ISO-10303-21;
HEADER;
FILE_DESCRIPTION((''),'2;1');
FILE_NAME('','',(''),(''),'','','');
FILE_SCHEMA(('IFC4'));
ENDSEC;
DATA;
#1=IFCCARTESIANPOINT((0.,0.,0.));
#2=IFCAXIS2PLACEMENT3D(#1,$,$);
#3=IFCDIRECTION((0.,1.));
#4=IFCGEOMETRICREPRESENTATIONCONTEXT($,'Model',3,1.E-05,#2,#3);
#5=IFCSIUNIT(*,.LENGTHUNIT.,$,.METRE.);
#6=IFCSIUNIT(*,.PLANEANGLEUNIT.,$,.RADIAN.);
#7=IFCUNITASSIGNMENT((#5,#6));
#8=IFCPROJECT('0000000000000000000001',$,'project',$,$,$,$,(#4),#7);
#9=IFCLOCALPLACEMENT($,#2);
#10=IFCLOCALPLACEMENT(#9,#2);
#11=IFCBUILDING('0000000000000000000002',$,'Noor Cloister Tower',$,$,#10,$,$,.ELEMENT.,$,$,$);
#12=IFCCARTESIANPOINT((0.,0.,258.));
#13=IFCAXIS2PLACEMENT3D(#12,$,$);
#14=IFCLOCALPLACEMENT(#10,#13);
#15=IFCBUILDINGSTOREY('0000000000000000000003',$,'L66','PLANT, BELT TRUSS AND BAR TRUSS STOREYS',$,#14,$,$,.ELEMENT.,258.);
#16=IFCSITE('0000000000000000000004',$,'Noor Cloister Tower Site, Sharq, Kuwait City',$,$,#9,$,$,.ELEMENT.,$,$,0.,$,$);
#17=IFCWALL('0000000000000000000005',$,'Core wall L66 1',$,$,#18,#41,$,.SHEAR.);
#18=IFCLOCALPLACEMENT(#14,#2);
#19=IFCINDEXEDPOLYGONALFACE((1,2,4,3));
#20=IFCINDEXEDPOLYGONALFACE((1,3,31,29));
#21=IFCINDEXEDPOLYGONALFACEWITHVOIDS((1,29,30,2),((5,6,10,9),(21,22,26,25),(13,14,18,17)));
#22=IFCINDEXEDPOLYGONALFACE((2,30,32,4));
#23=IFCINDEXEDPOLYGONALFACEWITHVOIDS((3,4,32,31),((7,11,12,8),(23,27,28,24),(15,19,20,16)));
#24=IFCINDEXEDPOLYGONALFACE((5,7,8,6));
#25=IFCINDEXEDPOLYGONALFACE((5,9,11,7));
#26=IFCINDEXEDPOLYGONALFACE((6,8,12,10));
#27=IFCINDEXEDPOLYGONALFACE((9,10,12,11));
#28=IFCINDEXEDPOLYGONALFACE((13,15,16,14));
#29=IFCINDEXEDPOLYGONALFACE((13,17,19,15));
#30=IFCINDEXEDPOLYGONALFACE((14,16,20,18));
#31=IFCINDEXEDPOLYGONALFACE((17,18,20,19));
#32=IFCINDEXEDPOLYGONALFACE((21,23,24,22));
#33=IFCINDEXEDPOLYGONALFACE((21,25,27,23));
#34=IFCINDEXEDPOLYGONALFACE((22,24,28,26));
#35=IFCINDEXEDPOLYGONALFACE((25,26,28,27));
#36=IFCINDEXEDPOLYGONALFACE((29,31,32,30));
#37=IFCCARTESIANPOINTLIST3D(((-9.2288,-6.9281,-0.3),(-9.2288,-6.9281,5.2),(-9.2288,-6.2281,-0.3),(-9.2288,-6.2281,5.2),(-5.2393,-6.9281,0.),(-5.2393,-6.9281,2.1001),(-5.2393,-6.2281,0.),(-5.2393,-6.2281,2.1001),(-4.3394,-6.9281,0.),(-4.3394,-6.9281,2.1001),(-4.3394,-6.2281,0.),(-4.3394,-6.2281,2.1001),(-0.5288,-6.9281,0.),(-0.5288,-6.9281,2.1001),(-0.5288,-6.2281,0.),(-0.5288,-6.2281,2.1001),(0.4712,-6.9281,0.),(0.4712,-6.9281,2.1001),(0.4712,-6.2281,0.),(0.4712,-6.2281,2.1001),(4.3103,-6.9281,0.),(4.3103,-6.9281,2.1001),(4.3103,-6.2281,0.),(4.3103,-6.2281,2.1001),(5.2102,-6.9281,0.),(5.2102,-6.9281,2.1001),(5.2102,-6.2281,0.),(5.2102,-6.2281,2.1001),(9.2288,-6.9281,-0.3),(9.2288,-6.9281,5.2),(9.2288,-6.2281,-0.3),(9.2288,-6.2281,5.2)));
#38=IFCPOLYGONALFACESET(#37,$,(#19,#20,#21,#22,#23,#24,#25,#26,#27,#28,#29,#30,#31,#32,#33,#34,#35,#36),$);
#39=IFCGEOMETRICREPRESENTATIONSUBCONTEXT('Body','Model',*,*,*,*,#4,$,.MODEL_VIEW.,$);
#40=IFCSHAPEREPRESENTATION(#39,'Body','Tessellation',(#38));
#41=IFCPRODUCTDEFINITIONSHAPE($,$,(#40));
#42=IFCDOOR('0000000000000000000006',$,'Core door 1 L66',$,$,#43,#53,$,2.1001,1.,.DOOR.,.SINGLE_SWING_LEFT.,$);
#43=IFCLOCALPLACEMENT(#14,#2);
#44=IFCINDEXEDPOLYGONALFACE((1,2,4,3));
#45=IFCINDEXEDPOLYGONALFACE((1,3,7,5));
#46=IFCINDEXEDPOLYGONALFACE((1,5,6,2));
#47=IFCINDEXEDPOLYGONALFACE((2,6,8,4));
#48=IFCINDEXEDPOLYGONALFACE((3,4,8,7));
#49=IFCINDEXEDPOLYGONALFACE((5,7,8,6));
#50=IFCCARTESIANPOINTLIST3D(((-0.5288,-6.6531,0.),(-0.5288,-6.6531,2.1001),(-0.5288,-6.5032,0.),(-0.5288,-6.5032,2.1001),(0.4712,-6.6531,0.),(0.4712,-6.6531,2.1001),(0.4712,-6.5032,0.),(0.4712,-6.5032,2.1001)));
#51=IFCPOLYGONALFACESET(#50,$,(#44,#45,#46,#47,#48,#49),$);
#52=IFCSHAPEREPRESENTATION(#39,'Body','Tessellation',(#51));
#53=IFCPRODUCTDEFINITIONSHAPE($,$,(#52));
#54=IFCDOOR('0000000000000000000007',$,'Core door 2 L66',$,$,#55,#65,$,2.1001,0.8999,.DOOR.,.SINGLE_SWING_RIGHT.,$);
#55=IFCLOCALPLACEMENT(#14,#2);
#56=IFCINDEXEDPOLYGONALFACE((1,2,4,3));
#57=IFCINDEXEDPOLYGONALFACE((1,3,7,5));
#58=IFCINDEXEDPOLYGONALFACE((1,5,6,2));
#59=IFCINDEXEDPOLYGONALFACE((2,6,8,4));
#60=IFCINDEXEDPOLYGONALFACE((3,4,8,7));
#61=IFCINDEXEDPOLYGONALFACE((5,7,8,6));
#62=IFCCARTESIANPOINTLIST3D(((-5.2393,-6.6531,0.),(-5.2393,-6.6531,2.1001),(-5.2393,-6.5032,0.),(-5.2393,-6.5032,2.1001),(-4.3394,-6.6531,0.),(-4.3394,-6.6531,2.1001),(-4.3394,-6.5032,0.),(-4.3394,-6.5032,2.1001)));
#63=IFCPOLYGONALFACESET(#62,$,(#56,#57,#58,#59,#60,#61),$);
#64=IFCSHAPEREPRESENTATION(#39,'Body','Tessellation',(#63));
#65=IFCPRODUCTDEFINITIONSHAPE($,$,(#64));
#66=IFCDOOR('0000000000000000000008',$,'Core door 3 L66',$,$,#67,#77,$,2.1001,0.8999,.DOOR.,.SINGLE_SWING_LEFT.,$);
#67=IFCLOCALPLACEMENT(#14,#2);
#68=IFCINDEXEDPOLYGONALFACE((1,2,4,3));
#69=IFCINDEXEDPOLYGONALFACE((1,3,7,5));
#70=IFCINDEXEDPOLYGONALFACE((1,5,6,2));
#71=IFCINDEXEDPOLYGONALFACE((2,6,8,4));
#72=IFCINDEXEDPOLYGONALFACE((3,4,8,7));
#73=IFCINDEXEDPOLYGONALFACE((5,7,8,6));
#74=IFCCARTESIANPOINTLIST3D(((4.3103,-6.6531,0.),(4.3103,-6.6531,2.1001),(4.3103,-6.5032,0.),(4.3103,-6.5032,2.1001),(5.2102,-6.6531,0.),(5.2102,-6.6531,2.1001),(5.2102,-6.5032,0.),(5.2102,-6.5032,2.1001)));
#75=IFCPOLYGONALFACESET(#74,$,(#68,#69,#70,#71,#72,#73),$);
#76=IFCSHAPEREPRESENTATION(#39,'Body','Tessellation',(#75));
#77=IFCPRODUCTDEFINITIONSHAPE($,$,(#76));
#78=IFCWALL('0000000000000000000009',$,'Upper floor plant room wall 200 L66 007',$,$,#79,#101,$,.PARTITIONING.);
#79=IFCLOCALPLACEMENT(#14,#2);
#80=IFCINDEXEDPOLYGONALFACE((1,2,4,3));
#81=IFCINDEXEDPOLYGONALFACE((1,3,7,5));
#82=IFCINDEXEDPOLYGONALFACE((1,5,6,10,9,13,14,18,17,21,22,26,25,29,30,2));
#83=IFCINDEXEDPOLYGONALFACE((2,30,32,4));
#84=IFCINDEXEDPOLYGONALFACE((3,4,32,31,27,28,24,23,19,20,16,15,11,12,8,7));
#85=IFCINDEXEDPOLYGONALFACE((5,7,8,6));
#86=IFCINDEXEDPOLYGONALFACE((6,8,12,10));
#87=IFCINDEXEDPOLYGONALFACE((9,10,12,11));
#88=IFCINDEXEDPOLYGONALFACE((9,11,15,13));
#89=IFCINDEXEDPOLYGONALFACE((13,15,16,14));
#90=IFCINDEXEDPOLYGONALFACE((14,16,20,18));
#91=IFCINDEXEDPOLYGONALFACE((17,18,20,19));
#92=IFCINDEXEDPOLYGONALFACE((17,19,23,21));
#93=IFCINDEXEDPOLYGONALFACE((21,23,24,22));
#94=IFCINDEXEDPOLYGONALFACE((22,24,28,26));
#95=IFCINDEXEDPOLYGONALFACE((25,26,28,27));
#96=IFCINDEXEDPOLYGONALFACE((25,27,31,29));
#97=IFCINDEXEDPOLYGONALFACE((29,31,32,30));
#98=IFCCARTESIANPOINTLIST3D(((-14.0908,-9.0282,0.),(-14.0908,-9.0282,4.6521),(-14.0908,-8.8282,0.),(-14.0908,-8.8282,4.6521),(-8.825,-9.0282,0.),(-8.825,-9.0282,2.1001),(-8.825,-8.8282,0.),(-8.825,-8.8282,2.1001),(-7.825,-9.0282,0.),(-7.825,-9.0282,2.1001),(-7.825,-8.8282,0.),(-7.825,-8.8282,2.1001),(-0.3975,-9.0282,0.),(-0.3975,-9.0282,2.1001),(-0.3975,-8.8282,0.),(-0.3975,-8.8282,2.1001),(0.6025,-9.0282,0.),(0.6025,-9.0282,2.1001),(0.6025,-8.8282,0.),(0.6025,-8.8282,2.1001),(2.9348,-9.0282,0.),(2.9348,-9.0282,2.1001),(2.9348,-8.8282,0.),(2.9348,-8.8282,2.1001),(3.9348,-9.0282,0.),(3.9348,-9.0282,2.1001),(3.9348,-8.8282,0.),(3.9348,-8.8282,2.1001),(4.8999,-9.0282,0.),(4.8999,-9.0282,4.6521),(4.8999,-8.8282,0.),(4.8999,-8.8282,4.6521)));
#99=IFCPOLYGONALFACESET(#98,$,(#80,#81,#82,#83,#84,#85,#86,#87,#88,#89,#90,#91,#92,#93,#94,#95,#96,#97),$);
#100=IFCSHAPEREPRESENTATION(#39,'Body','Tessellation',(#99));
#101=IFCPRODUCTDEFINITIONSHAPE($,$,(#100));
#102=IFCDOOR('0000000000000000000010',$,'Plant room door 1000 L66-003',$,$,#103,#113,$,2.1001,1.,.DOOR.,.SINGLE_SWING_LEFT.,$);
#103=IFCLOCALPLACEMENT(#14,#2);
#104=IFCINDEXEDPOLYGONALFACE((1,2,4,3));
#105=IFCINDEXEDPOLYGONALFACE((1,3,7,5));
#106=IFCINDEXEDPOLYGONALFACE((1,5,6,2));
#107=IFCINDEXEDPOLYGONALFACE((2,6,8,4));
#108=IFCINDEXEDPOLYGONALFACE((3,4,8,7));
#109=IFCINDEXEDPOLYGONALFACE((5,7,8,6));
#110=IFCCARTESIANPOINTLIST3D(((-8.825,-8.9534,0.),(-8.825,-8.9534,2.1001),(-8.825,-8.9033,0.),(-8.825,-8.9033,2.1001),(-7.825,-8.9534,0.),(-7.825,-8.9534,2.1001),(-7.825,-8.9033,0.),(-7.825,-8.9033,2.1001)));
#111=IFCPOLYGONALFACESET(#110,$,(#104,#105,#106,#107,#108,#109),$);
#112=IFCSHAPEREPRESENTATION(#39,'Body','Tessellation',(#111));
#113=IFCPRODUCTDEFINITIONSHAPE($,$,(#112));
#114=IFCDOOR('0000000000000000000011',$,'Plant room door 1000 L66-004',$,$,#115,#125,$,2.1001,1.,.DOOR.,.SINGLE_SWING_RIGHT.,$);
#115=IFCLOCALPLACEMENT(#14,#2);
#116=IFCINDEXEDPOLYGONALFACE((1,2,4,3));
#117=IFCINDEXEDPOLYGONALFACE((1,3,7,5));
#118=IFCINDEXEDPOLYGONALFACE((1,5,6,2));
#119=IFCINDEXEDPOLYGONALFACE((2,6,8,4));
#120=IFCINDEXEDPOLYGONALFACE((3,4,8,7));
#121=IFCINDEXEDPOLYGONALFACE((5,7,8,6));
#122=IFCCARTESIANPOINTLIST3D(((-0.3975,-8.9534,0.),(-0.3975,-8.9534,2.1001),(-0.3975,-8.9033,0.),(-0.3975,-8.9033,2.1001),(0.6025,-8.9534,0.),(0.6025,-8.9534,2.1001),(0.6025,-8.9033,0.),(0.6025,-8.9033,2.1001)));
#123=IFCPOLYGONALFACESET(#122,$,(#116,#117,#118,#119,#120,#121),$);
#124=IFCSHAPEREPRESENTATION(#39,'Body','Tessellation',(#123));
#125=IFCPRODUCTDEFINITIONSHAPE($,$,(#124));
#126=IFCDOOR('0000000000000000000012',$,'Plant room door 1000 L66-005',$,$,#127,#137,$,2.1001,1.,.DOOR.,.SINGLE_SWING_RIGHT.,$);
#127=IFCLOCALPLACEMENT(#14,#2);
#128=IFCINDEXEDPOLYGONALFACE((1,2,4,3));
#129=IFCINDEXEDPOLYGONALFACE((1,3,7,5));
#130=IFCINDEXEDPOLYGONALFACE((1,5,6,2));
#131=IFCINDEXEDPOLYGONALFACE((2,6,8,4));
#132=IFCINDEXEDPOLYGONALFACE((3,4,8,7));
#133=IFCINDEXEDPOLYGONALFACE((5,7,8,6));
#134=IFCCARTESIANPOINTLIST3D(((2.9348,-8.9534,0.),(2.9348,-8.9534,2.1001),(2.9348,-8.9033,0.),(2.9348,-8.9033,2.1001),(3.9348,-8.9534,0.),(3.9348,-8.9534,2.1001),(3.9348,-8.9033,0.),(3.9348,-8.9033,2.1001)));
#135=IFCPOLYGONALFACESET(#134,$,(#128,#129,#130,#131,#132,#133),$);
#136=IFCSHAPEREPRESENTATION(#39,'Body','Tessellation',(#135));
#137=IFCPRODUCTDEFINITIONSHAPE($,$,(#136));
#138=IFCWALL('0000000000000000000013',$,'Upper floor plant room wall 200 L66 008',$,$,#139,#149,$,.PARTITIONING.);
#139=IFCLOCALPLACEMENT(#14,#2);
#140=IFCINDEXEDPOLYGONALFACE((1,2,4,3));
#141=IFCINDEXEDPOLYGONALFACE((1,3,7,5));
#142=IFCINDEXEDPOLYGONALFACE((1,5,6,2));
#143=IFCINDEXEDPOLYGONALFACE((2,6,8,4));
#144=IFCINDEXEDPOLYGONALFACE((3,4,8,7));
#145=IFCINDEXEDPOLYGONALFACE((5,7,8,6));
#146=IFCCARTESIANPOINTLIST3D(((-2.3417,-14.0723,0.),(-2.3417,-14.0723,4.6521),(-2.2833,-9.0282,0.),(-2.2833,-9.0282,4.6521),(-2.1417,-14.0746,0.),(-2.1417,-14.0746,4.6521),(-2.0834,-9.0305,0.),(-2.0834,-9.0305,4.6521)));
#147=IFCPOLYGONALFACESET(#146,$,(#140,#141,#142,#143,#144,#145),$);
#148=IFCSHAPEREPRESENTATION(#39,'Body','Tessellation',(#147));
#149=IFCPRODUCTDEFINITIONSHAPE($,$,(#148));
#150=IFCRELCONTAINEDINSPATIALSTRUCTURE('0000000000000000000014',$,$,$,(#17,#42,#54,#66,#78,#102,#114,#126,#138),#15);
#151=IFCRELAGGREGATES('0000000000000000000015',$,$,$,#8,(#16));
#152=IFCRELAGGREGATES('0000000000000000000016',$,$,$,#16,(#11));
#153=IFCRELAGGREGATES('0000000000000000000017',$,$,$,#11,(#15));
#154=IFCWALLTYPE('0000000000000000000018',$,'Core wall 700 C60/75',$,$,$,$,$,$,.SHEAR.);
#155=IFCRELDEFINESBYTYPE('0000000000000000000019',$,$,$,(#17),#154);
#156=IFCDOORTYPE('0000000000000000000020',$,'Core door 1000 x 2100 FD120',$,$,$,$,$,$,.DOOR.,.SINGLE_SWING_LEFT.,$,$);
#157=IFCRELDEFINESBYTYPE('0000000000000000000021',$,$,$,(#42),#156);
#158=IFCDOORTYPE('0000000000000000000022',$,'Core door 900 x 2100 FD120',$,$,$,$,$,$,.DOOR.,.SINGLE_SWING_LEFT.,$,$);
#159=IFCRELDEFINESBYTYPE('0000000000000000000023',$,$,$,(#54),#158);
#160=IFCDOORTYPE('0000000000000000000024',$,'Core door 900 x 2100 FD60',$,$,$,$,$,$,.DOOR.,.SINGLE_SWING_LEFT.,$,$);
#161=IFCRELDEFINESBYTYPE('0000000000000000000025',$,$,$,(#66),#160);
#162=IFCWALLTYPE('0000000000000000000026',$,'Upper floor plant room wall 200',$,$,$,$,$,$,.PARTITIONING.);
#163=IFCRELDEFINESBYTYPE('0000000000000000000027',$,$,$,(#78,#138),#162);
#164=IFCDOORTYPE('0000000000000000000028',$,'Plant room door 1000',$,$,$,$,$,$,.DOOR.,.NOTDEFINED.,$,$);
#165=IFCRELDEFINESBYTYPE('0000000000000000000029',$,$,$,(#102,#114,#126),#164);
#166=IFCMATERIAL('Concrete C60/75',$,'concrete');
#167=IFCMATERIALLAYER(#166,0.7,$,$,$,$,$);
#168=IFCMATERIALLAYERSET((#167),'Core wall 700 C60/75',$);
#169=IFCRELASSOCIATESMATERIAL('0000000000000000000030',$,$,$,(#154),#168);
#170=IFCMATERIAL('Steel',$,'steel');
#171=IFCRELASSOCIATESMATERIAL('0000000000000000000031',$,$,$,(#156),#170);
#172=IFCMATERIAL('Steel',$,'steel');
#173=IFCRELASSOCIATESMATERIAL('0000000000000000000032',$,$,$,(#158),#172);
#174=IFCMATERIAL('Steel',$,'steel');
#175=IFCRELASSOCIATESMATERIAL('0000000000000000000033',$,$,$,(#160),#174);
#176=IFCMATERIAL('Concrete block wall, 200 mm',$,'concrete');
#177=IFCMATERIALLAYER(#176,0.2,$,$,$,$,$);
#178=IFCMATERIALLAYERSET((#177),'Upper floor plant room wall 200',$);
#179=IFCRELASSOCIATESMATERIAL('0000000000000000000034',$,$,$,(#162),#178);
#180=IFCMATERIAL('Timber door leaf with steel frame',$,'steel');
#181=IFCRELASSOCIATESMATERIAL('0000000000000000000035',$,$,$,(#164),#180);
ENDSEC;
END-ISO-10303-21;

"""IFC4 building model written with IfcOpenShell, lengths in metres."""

from ifc_helpers import new_model, si_unit, direction, frame, frame_2d, origin, place, context, subcontext, project, spatial, rectangle, extrude, material, layer, layer_set, type_object, element, fill, save


model = new_model("IFC4")

# Units and contexts
model_context = context("Model", 3, precision=1e-05, world=origin(), true_north=direction((0.0, 1.0)))
body_context = subcontext(model_context, "Body", "Model", "MODEL_VIEW")
ifc_project = project(units=[si_unit("LENGTHUNIT", "METRE"), si_unit("PLANEANGLEUNIT", "RADIAN")], contexts=[model_context])

# Site, building, storey
site_placement = place(None, origin())
site = spatial("IfcSite", under=ifc_project, at=site_placement, Name="Noor Cloister Tower Site, Sharq, Kuwait City", CompositionType="ELEMENT", RefElevation=0.0)
building_placement = place(site_placement, origin())
building = spatial("IfcBuilding", under=site, at=building_placement, Name="Noor Cloister Tower", CompositionType="ELEMENT")
storey_placement = place(building_placement, frame((0.0, 0.0, 258.0)))
storey = spatial("IfcBuildingStorey", under=building, at=storey_placement, Name="L66", Description="PLANT, BELT TRUSS AND BAR TRUSS STOREYS", CompositionType="ELEMENT", Elevation=258.0)

# Walls, openings, doors
ifc_material_1 = material(Name="Concrete C60/75", Category="concrete")
ifc_layer_1 = layer(ifc_material_1, 0.7)
ifc_layer_set_1 = layer_set([ifc_layer_1], Name="Core wall 700 C60/75")
wall_type_1 = type_object("IfcWallType", Name="Core wall 700 C60/75", PredefinedType="SHEAR", material=ifc_layer_set_1)
wall_1_placement = place(storey_placement, frame((-9.2288, -6.5781, -0.3), z_axis=(0.0, 0.0, 1.0), x_axis=(1.0, 0.0, 0.0)))
wall_1 = element("IfcWall", 1, at=wall_1_placement, inside=storey, type_object=wall_type_1, Name="Core wall L66 1", PredefinedType="SHEAR", context=body_context, shape_type="SweptSolid", body=[
    extrude(rectangle(XDim=18.4575, YDim=0.7, at=frame_2d((9.2288, 0.0))), origin(), (0.0, 0.0, 1.0), 5.5),
])
opening_1_placement = place(wall_1_placement, frame((8.7, 0.0, 0.3)))
opening_1 = element("IfcOpeningElement", 2, at=opening_1_placement, cuts=wall_1, PredefinedType="OPENING", context=body_context, shape_type="SweptSolid", body=[
    extrude(rectangle(XDim=1.0, YDim=2.1001, at=frame_2d((0.5, 1.05))), frame((0.0, 0.3599, 0.0), z_axis=(0.0, -1.0, 0.0), x_axis=(1.0, 0.0, 0.0)), (0.0, 0.0, 1.0), 0.72),
])
opening_2_placement = place(wall_1_placement, frame((3.9895, 0.0, 0.3)))
opening_2 = element("IfcOpeningElement", 3, at=opening_2_placement, cuts=wall_1, PredefinedType="OPENING", context=body_context, shape_type="SweptSolid", body=[
    extrude(rectangle(XDim=0.8999, YDim=2.1001, at=frame_2d((0.45, 1.05))), frame((0.0, 0.3599, 0.0), z_axis=(0.0, -1.0, 0.0), x_axis=(1.0, 0.0, 0.0)), (0.0, 0.0, 1.0), 0.72),
])
opening_3_placement = place(wall_1_placement, frame((13.5391, 0.0, 0.3)))
opening_3 = element("IfcOpeningElement", 4, at=opening_3_placement, cuts=wall_1, PredefinedType="OPENING", context=body_context, shape_type="SweptSolid", body=[
    extrude(rectangle(XDim=0.8999, YDim=2.1001, at=frame_2d((0.45, 1.05))), frame((0.0, 0.3599, 0.0), z_axis=(0.0, -1.0, 0.0), x_axis=(1.0, 0.0, 0.0)), (0.0, 0.0, 1.0), 0.72),
])
ifc_material_2 = material(Name="Steel", Category="steel")
door_type_1 = type_object("IfcDoorType", Name="Core door 1000 x 2100 FD120", OperationType="SINGLE_SWING_LEFT", PredefinedType="DOOR", material=ifc_material_2)
door_1_placement = place(opening_1_placement, origin())
door_1 = element("IfcDoor", 5, at=door_1_placement, inside=storey, type_object=door_type_1, Name="Core door 1 L66", OperationType="SINGLE_SWING_LEFT", OverallHeight=2.1001, OverallWidth=1.0, PredefinedType="DOOR", context=body_context, shape_type="SweptSolid", body=[
    extrude(rectangle(XDim=1.0, YDim=2.1001, at=frame_2d((0.5, 1.05))), frame((0.0, 0.075, 0.0), z_axis=(0.0, -1.0, 0.0), x_axis=(1.0, 0.0, 0.0)), (0.0, 0.0, 1.0), 0.1499),
])
fill(opening_1, door_1)
ifc_material_3 = material(Name="Steel", Category="steel")
door_type_2 = type_object("IfcDoorType", Name="Core door 900 x 2100 FD120", OperationType="SINGLE_SWING_LEFT", PredefinedType="DOOR", material=ifc_material_3)
door_2_placement = place(opening_2_placement, origin())
door_2 = element("IfcDoor", 6, at=door_2_placement, inside=storey, type_object=door_type_2, Name="Core door 2 L66", OperationType="SINGLE_SWING_RIGHT", OverallHeight=2.1001, OverallWidth=0.8999, PredefinedType="DOOR", context=body_context, shape_type="SweptSolid", body=[
    extrude(rectangle(XDim=0.8999, YDim=2.1001, at=frame_2d((0.45, 1.05))), frame((0.0, 0.075, 0.0), z_axis=(0.0, -1.0, 0.0), x_axis=(1.0, 0.0, 0.0)), (0.0, 0.0, 1.0), 0.1499),
])
fill(opening_2, door_2)
ifc_material_4 = material(Name="Steel", Category="steel")
door_type_3 = type_object("IfcDoorType", Name="Core door 900 x 2100 FD60", OperationType="SINGLE_SWING_LEFT", PredefinedType="DOOR", material=ifc_material_4)
door_3_placement = place(opening_3_placement, origin())
door_3 = element("IfcDoor", 7, at=door_3_placement, inside=storey, type_object=door_type_3, Name="Core door 3 L66", OperationType="SINGLE_SWING_LEFT", OverallHeight=2.1001, OverallWidth=0.8999, PredefinedType="DOOR", context=body_context, shape_type="SweptSolid", body=[
    extrude(rectangle(XDim=0.8999, YDim=2.1001, at=frame_2d((0.45, 1.05))), frame((0.0, 0.075, 0.0), z_axis=(0.0, -1.0, 0.0), x_axis=(1.0, 0.0, 0.0)), (0.0, 0.0, 1.0), 0.1499),
])
fill(opening_3, door_3)
ifc_material_5 = material(Name="Concrete block wall, 200 mm", Category="concrete")
ifc_layer_2 = layer(ifc_material_5, 0.2)
ifc_layer_set_2 = layer_set([ifc_layer_2], Name="Upper floor plant room wall 200")
wall_type_2 = type_object("IfcWallType", Name="Upper floor plant room wall 200", PredefinedType="PARTITIONING", material=ifc_layer_set_2)
wall_2_placement = place(storey_placement, frame((-14.0908, -8.9282, 0.0), z_axis=(0.0, 0.0, 1.0), x_axis=(1.0, 0.0, 0.0)))
wall_2 = element("IfcWall", 8, at=wall_2_placement, inside=storey, type_object=wall_type_2, Name="Upper floor plant room wall 200 L66 007", PredefinedType="PARTITIONING", context=body_context, shape_type="SweptSolid", body=[
    extrude(rectangle(XDim=18.9907, YDim=0.2, at=frame_2d((9.4954, 0.0))), origin(), (0.0, 0.0, 1.0), 4.6521),
])
opening_4_placement = place(wall_2_placement, frame((5.2659, 0.0, 0.0)))
opening_4 = element("IfcOpeningElement", 9, at=opening_4_placement, cuts=wall_2, PredefinedType="OPENING", context=body_context, shape_type="SweptSolid", body=[
    extrude(rectangle(XDim=1.0, YDim=2.1001, at=frame_2d((0.5, 1.05))), frame((0.0, 0.1099, 0.0), z_axis=(0.0, -1.0, 0.0), x_axis=(1.0, 0.0, 0.0)), (0.0, 0.0, 1.0), 0.22),
])
opening_5_placement = place(wall_2_placement, frame((13.6934, 0.0, 0.0)))
opening_5 = element("IfcOpeningElement", 10, at=opening_5_placement, cuts=wall_2, PredefinedType="OPENING", context=body_context, shape_type="SweptSolid", body=[
    extrude(rectangle(XDim=1.0, YDim=2.1001, at=frame_2d((0.5, 1.05))), frame((0.0, 0.1099, 0.0), z_axis=(0.0, -1.0, 0.0), x_axis=(1.0, 0.0, 0.0)), (0.0, 0.0, 1.0), 0.22),
])
opening_6_placement = place(wall_2_placement, frame((17.0256, 0.0, 0.0)))
opening_6 = element("IfcOpeningElement", 11, at=opening_6_placement, cuts=wall_2, PredefinedType="OPENING", context=body_context, shape_type="SweptSolid", body=[
    extrude(rectangle(XDim=1.0, YDim=2.1001, at=frame_2d((0.5, 1.05))), frame((0.0, 0.1099, 0.0), z_axis=(0.0, -1.0, 0.0), x_axis=(1.0, 0.0, 0.0)), (0.0, 0.0, 1.0), 0.22),
])
ifc_material_6 = material(Name="Timber door leaf with steel frame", Category="steel")
door_type_4 = type_object("IfcDoorType", Name="Plant room door 1000", OperationType="NOTDEFINED", PredefinedType="DOOR", material=ifc_material_6)
door_4_placement = place(opening_4_placement, origin())
door_4 = element("IfcDoor", 12, at=door_4_placement, inside=storey, type_object=door_type_4, Name="Plant room door 1000 L66-003", OperationType="SINGLE_SWING_LEFT", OverallHeight=2.1001, OverallWidth=1.0, PredefinedType="DOOR", context=body_context, shape_type="SweptSolid", body=[
    extrude(rectangle(XDim=1.0, YDim=2.1001, at=frame_2d((0.5, 1.05))), frame((0.0, 0.0249, 0.0), z_axis=(0.0, -1.0, 0.0), x_axis=(1.0, 0.0, 0.0)), (0.0, 0.0, 1.0), 0.05),
])
fill(opening_4, door_4)
door_5_placement = place(opening_5_placement, origin())
door_5 = element("IfcDoor", 13, at=door_5_placement, inside=storey, type_object=door_type_4, Name="Plant room door 1000 L66-004", OperationType="SINGLE_SWING_RIGHT", OverallHeight=2.1001, OverallWidth=1.0, PredefinedType="DOOR", context=body_context, shape_type="SweptSolid", body=[
    extrude(rectangle(XDim=1.0, YDim=2.1001, at=frame_2d((0.5, 1.05))), frame((0.0, 0.0249, 0.0), z_axis=(0.0, -1.0, 0.0), x_axis=(1.0, 0.0, 0.0)), (0.0, 0.0, 1.0), 0.05),
])
fill(opening_5, door_5)
door_6_placement = place(opening_6_placement, origin())
door_6 = element("IfcDoor", 14, at=door_6_placement, inside=storey, type_object=door_type_4, Name="Plant room door 1000 L66-005", OperationType="SINGLE_SWING_RIGHT", OverallHeight=2.1001, OverallWidth=1.0, PredefinedType="DOOR", context=body_context, shape_type="SweptSolid", body=[
    extrude(rectangle(XDim=1.0, YDim=2.1001, at=frame_2d((0.5, 1.05))), frame((0.0, 0.0249, 0.0), z_axis=(0.0, -1.0, 0.0), x_axis=(1.0, 0.0, 0.0)), (0.0, 0.0, 1.0), 0.05),
])
fill(opening_6, door_6)

# Wall
wall_3_placement = place(storey_placement, frame((-2.2417, -14.0735, 0.0), z_axis=(0.0, 0.0, 1.0), x_axis=(0.011567, 0.999933, 0.0)))
element("IfcWall", 15, at=wall_3_placement, inside=storey, type_object=wall_type_2, Name="Upper floor plant room wall 200 L66 008", PredefinedType="PARTITIONING", context=body_context, shape_type="SweptSolid", body=[
    extrude(rectangle(XDim=5.0444, YDim=0.2, at=frame_2d((2.5222, 0.0))), origin(), (0.0, 0.0, 1.0), 4.6521),
])

save(model, "model.ifc")
